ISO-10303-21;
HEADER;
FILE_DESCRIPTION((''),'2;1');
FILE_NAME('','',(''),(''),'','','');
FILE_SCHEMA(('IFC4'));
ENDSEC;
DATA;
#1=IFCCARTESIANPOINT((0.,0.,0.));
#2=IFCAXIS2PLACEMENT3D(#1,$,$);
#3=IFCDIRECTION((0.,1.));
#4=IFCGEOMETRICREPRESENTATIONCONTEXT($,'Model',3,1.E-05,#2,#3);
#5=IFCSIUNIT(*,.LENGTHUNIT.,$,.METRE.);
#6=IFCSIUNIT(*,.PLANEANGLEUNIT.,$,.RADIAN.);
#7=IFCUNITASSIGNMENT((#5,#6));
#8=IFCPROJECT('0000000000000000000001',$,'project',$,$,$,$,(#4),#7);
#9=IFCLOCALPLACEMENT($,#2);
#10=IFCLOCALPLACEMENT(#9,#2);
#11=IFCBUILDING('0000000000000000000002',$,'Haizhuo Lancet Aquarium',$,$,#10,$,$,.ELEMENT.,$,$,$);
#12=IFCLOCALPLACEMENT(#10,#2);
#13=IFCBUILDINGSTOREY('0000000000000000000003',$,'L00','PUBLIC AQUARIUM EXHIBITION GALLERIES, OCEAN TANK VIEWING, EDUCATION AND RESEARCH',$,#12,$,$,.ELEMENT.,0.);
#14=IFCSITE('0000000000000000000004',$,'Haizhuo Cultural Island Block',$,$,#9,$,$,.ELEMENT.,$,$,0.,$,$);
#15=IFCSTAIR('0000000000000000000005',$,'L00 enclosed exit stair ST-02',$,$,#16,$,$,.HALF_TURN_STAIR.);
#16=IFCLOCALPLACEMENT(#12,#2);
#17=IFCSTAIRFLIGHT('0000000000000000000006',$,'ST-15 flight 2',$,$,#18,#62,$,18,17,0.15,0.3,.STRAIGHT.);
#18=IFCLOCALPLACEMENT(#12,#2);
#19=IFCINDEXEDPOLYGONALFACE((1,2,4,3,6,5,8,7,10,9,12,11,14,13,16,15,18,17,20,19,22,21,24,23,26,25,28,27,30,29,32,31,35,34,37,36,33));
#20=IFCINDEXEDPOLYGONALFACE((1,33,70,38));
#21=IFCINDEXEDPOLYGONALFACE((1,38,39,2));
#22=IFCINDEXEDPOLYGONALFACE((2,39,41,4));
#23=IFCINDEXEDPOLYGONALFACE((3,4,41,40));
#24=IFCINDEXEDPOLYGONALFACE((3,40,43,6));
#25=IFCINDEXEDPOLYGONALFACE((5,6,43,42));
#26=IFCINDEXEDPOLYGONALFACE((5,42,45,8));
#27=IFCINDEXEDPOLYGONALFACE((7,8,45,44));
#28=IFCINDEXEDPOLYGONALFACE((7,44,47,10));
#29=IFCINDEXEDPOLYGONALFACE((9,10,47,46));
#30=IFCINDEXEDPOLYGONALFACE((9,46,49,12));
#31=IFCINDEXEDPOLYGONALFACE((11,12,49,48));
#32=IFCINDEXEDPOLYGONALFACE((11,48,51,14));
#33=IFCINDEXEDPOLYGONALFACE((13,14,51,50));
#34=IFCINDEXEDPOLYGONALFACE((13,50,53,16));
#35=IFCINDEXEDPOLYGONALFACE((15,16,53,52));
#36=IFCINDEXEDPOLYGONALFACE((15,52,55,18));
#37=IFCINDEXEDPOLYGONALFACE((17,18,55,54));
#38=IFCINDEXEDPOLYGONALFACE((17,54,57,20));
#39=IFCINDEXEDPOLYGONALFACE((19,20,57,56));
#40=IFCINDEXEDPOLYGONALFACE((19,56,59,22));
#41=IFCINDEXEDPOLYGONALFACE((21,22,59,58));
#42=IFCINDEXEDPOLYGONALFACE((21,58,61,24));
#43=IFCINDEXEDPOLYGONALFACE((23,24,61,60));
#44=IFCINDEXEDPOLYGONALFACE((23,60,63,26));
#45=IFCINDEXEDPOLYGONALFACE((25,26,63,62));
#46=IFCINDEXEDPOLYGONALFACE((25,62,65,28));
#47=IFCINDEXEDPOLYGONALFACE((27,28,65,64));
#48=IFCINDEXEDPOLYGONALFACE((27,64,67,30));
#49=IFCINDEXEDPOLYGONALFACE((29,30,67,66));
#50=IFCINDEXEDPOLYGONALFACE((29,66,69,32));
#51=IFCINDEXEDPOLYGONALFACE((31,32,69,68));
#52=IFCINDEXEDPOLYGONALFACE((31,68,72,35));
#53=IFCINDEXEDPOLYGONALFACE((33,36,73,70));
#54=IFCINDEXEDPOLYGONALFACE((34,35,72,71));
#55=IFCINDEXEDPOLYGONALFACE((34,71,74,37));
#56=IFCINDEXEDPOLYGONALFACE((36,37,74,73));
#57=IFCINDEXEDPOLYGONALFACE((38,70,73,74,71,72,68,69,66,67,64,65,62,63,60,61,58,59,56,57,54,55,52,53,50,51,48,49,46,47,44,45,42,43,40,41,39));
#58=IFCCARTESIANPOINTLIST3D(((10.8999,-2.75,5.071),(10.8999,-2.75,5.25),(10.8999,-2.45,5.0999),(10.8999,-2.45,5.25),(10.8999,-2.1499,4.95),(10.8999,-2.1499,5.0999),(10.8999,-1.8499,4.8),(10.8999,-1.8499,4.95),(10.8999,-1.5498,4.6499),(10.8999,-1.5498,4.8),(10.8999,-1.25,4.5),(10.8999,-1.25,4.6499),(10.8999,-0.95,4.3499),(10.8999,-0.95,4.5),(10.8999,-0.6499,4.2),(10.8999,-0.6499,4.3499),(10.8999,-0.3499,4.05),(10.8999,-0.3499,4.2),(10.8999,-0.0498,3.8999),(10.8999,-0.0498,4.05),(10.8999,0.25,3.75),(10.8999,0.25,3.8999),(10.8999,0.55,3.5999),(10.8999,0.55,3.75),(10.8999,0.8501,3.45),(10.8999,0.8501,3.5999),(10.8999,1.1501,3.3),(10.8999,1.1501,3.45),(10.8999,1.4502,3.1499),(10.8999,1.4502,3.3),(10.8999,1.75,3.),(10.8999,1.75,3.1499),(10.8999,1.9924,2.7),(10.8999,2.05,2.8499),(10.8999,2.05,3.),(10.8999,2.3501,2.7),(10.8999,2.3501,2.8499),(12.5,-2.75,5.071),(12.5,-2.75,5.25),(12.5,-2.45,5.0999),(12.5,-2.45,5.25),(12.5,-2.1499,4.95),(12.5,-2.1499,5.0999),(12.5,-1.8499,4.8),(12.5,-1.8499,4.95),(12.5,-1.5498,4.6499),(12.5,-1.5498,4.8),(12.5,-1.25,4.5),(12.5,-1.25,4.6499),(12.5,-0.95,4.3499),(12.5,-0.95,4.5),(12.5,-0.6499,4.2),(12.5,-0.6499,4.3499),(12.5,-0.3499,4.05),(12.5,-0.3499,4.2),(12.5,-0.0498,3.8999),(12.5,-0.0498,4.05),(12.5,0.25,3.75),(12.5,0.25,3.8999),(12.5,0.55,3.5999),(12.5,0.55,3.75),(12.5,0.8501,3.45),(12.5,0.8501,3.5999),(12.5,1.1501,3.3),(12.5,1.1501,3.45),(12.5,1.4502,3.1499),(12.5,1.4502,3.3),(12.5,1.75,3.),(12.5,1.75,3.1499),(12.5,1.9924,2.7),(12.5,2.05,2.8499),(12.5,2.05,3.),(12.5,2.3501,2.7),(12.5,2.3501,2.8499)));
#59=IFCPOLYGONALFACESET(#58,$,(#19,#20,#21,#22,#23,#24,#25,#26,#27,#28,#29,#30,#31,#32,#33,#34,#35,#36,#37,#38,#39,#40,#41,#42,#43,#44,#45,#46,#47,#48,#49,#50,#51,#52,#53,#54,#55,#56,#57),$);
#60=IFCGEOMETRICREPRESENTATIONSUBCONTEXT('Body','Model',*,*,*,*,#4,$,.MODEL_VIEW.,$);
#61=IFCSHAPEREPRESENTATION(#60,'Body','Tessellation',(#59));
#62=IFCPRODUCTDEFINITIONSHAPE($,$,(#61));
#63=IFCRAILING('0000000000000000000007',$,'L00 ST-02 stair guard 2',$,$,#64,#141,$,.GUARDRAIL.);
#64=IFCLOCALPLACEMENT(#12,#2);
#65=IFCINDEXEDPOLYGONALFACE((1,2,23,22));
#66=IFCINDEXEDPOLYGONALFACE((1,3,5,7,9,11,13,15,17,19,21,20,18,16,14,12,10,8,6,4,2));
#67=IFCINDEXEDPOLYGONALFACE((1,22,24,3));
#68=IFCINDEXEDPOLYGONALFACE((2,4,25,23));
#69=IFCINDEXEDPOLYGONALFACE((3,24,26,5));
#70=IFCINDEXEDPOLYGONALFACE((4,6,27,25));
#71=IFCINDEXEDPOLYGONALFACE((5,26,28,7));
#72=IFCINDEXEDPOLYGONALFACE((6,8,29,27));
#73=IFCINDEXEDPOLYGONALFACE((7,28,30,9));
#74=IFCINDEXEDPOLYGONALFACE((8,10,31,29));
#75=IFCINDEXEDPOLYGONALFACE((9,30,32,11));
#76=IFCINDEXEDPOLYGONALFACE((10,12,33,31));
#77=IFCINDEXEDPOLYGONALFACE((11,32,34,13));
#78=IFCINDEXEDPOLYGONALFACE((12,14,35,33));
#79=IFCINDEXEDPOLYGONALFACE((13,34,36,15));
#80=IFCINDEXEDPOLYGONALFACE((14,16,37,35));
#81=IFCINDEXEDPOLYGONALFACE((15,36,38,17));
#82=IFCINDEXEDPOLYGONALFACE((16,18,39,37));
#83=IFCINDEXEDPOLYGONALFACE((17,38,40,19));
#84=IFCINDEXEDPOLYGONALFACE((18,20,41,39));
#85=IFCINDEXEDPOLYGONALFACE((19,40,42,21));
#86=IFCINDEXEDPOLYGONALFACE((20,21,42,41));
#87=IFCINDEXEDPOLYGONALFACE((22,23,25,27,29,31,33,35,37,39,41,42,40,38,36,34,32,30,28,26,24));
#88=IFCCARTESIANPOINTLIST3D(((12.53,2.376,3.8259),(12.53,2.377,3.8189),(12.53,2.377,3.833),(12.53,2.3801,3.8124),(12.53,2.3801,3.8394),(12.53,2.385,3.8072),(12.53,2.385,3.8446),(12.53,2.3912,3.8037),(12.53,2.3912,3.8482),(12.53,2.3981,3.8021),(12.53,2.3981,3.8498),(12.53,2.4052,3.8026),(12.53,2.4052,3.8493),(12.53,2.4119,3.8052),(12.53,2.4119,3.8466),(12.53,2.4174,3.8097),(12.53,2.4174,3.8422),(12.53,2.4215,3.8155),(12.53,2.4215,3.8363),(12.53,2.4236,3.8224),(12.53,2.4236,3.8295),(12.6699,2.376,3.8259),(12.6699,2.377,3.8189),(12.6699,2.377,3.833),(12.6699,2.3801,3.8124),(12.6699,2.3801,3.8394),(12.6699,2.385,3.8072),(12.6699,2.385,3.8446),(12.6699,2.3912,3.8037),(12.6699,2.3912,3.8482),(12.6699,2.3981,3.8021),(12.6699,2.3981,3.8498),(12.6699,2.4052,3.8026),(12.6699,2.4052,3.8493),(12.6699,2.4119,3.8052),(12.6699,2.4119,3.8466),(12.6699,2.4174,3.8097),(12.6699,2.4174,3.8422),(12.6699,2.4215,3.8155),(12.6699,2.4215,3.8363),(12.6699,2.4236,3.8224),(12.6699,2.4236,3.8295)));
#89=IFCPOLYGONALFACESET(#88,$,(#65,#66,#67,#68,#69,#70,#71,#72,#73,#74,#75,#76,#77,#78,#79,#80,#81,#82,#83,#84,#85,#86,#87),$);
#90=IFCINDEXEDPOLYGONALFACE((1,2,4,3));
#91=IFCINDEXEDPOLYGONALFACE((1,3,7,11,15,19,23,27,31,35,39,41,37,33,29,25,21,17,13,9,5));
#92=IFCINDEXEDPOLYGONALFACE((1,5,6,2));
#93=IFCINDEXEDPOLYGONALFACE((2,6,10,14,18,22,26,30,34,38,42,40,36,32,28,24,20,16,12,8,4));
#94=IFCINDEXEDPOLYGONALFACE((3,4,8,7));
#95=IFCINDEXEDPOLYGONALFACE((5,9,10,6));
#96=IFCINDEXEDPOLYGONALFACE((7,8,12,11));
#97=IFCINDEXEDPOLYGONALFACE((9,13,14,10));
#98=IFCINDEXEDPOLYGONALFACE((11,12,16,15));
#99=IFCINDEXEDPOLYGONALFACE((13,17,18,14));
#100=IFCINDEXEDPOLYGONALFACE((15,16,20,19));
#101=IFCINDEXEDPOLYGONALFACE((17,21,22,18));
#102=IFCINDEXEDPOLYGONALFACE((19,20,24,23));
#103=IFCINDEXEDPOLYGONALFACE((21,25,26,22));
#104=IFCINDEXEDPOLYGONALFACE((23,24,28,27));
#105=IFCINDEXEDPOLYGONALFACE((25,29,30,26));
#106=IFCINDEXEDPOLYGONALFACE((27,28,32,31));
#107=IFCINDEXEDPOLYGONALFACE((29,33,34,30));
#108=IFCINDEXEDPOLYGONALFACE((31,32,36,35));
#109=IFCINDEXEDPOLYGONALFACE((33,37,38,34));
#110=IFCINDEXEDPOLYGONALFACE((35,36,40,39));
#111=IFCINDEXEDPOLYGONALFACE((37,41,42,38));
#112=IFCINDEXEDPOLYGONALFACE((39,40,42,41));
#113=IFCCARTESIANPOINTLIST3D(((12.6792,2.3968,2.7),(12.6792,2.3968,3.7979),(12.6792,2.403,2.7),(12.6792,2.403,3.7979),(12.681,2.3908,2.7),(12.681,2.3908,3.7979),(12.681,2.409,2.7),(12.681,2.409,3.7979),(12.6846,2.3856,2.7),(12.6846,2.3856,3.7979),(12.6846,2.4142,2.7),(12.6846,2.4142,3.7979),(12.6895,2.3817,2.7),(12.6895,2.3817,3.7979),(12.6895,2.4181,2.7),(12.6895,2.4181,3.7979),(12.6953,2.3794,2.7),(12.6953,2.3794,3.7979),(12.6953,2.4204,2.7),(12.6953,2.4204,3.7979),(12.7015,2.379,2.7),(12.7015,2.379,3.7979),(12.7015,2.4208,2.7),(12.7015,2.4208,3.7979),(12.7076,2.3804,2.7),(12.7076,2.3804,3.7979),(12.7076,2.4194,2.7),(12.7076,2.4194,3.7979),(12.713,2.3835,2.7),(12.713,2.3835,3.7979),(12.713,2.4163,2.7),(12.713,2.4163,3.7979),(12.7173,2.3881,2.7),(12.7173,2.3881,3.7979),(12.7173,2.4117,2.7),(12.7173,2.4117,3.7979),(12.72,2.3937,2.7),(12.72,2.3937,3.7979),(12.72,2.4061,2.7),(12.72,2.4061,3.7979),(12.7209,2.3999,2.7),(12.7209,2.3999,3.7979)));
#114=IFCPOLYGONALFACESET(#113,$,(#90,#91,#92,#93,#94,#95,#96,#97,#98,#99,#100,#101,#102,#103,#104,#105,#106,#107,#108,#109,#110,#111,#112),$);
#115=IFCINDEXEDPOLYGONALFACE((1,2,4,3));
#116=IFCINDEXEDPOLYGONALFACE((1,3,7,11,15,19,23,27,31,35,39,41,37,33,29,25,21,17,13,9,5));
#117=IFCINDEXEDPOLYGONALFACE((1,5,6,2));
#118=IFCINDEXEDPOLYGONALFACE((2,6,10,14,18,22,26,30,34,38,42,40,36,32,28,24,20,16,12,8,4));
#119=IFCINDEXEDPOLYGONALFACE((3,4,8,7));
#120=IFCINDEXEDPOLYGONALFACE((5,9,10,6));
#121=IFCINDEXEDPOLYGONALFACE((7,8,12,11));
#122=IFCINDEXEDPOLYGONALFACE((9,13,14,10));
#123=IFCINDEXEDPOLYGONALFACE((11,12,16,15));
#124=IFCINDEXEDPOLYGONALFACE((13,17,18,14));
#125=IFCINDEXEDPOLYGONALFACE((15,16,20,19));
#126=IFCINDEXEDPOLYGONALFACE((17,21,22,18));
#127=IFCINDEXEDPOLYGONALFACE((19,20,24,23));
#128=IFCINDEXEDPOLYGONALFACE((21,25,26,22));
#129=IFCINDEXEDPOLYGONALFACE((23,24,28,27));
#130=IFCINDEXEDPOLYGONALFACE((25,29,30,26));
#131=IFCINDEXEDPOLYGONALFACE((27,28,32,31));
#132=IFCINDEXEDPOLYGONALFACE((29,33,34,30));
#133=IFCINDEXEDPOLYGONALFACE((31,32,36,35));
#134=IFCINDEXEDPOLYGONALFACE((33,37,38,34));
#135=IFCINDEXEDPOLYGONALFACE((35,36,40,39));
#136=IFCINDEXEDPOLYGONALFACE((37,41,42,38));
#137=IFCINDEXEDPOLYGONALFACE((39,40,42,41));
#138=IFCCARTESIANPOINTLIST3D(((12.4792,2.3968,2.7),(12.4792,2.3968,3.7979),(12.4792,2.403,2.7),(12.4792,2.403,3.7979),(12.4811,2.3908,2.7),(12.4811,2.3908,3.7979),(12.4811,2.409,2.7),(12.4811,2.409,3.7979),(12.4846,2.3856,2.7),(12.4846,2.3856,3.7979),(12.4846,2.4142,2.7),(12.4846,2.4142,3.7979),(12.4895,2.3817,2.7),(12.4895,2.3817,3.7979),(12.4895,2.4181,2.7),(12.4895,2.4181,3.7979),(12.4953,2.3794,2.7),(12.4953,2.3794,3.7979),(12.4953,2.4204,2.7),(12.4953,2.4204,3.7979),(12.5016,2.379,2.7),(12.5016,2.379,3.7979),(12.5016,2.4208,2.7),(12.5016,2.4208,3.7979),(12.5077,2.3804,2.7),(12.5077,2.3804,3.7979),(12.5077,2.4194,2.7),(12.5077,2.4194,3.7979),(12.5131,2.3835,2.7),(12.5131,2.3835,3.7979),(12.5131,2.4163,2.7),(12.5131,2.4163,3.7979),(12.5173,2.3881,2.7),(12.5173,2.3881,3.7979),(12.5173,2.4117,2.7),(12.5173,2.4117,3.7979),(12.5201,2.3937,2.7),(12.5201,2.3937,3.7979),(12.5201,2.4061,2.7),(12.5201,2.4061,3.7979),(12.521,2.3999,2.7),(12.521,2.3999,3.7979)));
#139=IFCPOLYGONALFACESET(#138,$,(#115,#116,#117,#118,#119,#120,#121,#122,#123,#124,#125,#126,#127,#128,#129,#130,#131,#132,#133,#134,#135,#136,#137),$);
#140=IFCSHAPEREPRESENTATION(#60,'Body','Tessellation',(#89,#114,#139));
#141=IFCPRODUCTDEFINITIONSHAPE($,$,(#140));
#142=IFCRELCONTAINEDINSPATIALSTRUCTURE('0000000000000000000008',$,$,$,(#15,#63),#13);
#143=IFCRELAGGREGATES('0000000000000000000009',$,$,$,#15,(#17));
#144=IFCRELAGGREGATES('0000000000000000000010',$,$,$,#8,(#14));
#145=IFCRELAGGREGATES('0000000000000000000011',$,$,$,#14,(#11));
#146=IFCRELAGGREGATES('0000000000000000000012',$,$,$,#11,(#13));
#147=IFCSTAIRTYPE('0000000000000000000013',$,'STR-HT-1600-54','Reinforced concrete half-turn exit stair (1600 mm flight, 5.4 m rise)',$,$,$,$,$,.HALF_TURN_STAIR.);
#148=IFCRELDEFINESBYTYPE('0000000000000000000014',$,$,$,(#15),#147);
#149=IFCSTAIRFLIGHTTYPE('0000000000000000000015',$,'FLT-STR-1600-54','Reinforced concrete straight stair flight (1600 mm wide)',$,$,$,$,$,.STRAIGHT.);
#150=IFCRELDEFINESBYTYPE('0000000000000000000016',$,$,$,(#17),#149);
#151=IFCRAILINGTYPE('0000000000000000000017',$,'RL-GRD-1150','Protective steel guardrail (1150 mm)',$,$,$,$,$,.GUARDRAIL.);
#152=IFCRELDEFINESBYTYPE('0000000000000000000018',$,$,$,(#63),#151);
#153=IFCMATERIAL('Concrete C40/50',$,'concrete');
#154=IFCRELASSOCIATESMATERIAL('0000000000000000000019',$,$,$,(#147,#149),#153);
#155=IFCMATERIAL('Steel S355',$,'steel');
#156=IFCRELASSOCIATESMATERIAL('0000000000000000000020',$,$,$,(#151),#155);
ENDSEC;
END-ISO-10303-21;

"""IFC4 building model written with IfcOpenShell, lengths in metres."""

from ifc_helpers import new_model, si_unit, direction, frame, origin, origin_2d, place, context, subcontext, project, spatial, polyline, circle, outline, extrude, material, type_object, element, aggregate, save


model = new_model("IFC4")

# Units and contexts
model_context = context("Model", 3, precision=1e-05, world=origin(), true_north=direction((0.0, 1.0)))
body_context = subcontext(model_context, "Body", "Model", "MODEL_VIEW")
ifc_project = project(units=[si_unit("LENGTHUNIT", "METRE"), si_unit("PLANEANGLEUNIT", "RADIAN")], contexts=[model_context])

# Site, building, storey
site_placement = place(None, origin())
site = spatial("IfcSite", under=ifc_project, at=site_placement, Name="Haizhuo Cultural Island Block", CompositionType="ELEMENT", RefElevation=0.0)
building_placement = place(site_placement, origin())
building = spatial("IfcBuilding", under=site, at=building_placement, Name="Haizhuo Lancet Aquarium", CompositionType="ELEMENT")
storey_placement = place(building_placement, origin())
storey = spatial("IfcBuildingStorey", under=building, at=storey_placement, Name="L00", Description="PUBLIC AQUARIUM EXHIBITION GALLERIES, OCEAN TANK VIEWING, EDUCATION AND RESEARCH", CompositionType="ELEMENT", Elevation=0.0)

# Shared definitions
ifc_material_1 = material(Name="Steel S355", Category="steel")

# Shared definitions
ifc_material_2 = material(Name="Concrete C40/50", Category="concrete")

# Stair, stair flight
stair_type = type_object("IfcStairType", Name="STR-HT-1600-54", Description="Reinforced concrete half-turn exit stair (1600 mm flight, 5.4 m rise)", PredefinedType="HALF_TURN_STAIR", material=ifc_material_2)
stair_placement = place(storey_placement, origin())
stair = element("IfcStair", 1, at=stair_placement, inside=storey, type_object=stair_type, Name="L00 enclosed exit stair ST-02", PredefinedType="HALF_TURN_STAIR")
stair_flight_type = type_object("IfcStairFlightType", Name="FLT-STR-1600-54", Description="Reinforced concrete straight stair flight (1600 mm wide)", PredefinedType="STRAIGHT", material=ifc_material_2)
stair_flight_placement = place(storey_placement, frame((11.7, 2.3501, 2.7), z_axis=(0.0, 0.0, 1.0), x_axis=(0.0, -1.0, 0.0)))
stair_flight = element("IfcStairFlight", 2, at=stair_flight_placement, type_object=stair_flight_type, Name="ST-15 flight 2", NumberOfRisers=18, NumberOfTreads=17, PredefinedType="STRAIGHT", RiserHeight=0.15, TreadLength=0.3, context=body_context, shape_type="SweptSolid", body=[
    extrude(outline(polyline([(0.0, 0.0), (0.0, 0.1499), (0.3, 0.1499), (0.3, 0.3), (0.6001, 0.3), (0.6001, 0.45), (0.8999, 0.45), (0.8999, 0.6001), (1.2, 0.6001), (1.2, 0.75), (1.5, 0.75), (1.5, 0.8999), (1.8, 0.8999), (1.8, 1.05), (2.1001, 1.05), (2.1001, 1.2), (2.3999, 1.2), (2.3999, 1.3501), (2.7, 1.3501), (2.7, 1.5), (3.0, 1.5), (3.0, 1.6499), (3.3, 1.6499), (3.3, 1.8), (3.6001, 1.8), (3.6001, 1.95), (3.8999, 1.95), (3.8999, 2.1001), (4.2, 2.1001), (4.2, 2.25), (4.5, 2.25), (4.5, 2.3999), (4.8, 2.3999), (4.8, 2.55), (5.1001, 2.55), (5.1001, 2.7), (5.1001, 2.3711), (0.3577, 0.0), (0.0, 0.0)])), frame((0.0, 0.8, 0.0), z_axis=(0.0, -1.0, 0.0), x_axis=(1.0, 0.0, 0.0)), (0.0, 0.0, 1.0), 1.6001),
])
aggregate(stair, [stair_flight])

# Railing
railing_type_1 = type_object("IfcRailingType", Name="RL-GRD-1150", Description="Protective steel guardrail (1150 mm)", PredefinedType="GUARDRAIL", material=ifc_material_1)
railing_1_placement = place(storey_placement, frame((12.7, 2.3999, 2.7)))
element("IfcRailing", 3, at=railing_1_placement, inside=storey, type_object=railing_type_1, Name="L00 ST-02 stair guard 2", PredefinedType="GUARDRAIL", context=body_context, shape_type="SweptSolid", body=[
    extrude(circle(Radius=0.0239, at=origin_2d()), frame((-0.03, 0.0, 1.126), z_axis=(-1.0, 0.0, 0.0), x_axis=(0.0, -1.0, 0.0)), (0.0, 0.0, 1.0), 0.1399),
    extrude(circle(Radius=0.021, at=origin_2d()), origin(), (0.0, 0.0, 1.0), 1.0979),
    extrude(circle(Radius=0.021, at=origin_2d()), frame((-0.2, 0.0, 0.0)), (0.0, 0.0, 1.0), 1.0979),
])

save(model, "model.ifc")
